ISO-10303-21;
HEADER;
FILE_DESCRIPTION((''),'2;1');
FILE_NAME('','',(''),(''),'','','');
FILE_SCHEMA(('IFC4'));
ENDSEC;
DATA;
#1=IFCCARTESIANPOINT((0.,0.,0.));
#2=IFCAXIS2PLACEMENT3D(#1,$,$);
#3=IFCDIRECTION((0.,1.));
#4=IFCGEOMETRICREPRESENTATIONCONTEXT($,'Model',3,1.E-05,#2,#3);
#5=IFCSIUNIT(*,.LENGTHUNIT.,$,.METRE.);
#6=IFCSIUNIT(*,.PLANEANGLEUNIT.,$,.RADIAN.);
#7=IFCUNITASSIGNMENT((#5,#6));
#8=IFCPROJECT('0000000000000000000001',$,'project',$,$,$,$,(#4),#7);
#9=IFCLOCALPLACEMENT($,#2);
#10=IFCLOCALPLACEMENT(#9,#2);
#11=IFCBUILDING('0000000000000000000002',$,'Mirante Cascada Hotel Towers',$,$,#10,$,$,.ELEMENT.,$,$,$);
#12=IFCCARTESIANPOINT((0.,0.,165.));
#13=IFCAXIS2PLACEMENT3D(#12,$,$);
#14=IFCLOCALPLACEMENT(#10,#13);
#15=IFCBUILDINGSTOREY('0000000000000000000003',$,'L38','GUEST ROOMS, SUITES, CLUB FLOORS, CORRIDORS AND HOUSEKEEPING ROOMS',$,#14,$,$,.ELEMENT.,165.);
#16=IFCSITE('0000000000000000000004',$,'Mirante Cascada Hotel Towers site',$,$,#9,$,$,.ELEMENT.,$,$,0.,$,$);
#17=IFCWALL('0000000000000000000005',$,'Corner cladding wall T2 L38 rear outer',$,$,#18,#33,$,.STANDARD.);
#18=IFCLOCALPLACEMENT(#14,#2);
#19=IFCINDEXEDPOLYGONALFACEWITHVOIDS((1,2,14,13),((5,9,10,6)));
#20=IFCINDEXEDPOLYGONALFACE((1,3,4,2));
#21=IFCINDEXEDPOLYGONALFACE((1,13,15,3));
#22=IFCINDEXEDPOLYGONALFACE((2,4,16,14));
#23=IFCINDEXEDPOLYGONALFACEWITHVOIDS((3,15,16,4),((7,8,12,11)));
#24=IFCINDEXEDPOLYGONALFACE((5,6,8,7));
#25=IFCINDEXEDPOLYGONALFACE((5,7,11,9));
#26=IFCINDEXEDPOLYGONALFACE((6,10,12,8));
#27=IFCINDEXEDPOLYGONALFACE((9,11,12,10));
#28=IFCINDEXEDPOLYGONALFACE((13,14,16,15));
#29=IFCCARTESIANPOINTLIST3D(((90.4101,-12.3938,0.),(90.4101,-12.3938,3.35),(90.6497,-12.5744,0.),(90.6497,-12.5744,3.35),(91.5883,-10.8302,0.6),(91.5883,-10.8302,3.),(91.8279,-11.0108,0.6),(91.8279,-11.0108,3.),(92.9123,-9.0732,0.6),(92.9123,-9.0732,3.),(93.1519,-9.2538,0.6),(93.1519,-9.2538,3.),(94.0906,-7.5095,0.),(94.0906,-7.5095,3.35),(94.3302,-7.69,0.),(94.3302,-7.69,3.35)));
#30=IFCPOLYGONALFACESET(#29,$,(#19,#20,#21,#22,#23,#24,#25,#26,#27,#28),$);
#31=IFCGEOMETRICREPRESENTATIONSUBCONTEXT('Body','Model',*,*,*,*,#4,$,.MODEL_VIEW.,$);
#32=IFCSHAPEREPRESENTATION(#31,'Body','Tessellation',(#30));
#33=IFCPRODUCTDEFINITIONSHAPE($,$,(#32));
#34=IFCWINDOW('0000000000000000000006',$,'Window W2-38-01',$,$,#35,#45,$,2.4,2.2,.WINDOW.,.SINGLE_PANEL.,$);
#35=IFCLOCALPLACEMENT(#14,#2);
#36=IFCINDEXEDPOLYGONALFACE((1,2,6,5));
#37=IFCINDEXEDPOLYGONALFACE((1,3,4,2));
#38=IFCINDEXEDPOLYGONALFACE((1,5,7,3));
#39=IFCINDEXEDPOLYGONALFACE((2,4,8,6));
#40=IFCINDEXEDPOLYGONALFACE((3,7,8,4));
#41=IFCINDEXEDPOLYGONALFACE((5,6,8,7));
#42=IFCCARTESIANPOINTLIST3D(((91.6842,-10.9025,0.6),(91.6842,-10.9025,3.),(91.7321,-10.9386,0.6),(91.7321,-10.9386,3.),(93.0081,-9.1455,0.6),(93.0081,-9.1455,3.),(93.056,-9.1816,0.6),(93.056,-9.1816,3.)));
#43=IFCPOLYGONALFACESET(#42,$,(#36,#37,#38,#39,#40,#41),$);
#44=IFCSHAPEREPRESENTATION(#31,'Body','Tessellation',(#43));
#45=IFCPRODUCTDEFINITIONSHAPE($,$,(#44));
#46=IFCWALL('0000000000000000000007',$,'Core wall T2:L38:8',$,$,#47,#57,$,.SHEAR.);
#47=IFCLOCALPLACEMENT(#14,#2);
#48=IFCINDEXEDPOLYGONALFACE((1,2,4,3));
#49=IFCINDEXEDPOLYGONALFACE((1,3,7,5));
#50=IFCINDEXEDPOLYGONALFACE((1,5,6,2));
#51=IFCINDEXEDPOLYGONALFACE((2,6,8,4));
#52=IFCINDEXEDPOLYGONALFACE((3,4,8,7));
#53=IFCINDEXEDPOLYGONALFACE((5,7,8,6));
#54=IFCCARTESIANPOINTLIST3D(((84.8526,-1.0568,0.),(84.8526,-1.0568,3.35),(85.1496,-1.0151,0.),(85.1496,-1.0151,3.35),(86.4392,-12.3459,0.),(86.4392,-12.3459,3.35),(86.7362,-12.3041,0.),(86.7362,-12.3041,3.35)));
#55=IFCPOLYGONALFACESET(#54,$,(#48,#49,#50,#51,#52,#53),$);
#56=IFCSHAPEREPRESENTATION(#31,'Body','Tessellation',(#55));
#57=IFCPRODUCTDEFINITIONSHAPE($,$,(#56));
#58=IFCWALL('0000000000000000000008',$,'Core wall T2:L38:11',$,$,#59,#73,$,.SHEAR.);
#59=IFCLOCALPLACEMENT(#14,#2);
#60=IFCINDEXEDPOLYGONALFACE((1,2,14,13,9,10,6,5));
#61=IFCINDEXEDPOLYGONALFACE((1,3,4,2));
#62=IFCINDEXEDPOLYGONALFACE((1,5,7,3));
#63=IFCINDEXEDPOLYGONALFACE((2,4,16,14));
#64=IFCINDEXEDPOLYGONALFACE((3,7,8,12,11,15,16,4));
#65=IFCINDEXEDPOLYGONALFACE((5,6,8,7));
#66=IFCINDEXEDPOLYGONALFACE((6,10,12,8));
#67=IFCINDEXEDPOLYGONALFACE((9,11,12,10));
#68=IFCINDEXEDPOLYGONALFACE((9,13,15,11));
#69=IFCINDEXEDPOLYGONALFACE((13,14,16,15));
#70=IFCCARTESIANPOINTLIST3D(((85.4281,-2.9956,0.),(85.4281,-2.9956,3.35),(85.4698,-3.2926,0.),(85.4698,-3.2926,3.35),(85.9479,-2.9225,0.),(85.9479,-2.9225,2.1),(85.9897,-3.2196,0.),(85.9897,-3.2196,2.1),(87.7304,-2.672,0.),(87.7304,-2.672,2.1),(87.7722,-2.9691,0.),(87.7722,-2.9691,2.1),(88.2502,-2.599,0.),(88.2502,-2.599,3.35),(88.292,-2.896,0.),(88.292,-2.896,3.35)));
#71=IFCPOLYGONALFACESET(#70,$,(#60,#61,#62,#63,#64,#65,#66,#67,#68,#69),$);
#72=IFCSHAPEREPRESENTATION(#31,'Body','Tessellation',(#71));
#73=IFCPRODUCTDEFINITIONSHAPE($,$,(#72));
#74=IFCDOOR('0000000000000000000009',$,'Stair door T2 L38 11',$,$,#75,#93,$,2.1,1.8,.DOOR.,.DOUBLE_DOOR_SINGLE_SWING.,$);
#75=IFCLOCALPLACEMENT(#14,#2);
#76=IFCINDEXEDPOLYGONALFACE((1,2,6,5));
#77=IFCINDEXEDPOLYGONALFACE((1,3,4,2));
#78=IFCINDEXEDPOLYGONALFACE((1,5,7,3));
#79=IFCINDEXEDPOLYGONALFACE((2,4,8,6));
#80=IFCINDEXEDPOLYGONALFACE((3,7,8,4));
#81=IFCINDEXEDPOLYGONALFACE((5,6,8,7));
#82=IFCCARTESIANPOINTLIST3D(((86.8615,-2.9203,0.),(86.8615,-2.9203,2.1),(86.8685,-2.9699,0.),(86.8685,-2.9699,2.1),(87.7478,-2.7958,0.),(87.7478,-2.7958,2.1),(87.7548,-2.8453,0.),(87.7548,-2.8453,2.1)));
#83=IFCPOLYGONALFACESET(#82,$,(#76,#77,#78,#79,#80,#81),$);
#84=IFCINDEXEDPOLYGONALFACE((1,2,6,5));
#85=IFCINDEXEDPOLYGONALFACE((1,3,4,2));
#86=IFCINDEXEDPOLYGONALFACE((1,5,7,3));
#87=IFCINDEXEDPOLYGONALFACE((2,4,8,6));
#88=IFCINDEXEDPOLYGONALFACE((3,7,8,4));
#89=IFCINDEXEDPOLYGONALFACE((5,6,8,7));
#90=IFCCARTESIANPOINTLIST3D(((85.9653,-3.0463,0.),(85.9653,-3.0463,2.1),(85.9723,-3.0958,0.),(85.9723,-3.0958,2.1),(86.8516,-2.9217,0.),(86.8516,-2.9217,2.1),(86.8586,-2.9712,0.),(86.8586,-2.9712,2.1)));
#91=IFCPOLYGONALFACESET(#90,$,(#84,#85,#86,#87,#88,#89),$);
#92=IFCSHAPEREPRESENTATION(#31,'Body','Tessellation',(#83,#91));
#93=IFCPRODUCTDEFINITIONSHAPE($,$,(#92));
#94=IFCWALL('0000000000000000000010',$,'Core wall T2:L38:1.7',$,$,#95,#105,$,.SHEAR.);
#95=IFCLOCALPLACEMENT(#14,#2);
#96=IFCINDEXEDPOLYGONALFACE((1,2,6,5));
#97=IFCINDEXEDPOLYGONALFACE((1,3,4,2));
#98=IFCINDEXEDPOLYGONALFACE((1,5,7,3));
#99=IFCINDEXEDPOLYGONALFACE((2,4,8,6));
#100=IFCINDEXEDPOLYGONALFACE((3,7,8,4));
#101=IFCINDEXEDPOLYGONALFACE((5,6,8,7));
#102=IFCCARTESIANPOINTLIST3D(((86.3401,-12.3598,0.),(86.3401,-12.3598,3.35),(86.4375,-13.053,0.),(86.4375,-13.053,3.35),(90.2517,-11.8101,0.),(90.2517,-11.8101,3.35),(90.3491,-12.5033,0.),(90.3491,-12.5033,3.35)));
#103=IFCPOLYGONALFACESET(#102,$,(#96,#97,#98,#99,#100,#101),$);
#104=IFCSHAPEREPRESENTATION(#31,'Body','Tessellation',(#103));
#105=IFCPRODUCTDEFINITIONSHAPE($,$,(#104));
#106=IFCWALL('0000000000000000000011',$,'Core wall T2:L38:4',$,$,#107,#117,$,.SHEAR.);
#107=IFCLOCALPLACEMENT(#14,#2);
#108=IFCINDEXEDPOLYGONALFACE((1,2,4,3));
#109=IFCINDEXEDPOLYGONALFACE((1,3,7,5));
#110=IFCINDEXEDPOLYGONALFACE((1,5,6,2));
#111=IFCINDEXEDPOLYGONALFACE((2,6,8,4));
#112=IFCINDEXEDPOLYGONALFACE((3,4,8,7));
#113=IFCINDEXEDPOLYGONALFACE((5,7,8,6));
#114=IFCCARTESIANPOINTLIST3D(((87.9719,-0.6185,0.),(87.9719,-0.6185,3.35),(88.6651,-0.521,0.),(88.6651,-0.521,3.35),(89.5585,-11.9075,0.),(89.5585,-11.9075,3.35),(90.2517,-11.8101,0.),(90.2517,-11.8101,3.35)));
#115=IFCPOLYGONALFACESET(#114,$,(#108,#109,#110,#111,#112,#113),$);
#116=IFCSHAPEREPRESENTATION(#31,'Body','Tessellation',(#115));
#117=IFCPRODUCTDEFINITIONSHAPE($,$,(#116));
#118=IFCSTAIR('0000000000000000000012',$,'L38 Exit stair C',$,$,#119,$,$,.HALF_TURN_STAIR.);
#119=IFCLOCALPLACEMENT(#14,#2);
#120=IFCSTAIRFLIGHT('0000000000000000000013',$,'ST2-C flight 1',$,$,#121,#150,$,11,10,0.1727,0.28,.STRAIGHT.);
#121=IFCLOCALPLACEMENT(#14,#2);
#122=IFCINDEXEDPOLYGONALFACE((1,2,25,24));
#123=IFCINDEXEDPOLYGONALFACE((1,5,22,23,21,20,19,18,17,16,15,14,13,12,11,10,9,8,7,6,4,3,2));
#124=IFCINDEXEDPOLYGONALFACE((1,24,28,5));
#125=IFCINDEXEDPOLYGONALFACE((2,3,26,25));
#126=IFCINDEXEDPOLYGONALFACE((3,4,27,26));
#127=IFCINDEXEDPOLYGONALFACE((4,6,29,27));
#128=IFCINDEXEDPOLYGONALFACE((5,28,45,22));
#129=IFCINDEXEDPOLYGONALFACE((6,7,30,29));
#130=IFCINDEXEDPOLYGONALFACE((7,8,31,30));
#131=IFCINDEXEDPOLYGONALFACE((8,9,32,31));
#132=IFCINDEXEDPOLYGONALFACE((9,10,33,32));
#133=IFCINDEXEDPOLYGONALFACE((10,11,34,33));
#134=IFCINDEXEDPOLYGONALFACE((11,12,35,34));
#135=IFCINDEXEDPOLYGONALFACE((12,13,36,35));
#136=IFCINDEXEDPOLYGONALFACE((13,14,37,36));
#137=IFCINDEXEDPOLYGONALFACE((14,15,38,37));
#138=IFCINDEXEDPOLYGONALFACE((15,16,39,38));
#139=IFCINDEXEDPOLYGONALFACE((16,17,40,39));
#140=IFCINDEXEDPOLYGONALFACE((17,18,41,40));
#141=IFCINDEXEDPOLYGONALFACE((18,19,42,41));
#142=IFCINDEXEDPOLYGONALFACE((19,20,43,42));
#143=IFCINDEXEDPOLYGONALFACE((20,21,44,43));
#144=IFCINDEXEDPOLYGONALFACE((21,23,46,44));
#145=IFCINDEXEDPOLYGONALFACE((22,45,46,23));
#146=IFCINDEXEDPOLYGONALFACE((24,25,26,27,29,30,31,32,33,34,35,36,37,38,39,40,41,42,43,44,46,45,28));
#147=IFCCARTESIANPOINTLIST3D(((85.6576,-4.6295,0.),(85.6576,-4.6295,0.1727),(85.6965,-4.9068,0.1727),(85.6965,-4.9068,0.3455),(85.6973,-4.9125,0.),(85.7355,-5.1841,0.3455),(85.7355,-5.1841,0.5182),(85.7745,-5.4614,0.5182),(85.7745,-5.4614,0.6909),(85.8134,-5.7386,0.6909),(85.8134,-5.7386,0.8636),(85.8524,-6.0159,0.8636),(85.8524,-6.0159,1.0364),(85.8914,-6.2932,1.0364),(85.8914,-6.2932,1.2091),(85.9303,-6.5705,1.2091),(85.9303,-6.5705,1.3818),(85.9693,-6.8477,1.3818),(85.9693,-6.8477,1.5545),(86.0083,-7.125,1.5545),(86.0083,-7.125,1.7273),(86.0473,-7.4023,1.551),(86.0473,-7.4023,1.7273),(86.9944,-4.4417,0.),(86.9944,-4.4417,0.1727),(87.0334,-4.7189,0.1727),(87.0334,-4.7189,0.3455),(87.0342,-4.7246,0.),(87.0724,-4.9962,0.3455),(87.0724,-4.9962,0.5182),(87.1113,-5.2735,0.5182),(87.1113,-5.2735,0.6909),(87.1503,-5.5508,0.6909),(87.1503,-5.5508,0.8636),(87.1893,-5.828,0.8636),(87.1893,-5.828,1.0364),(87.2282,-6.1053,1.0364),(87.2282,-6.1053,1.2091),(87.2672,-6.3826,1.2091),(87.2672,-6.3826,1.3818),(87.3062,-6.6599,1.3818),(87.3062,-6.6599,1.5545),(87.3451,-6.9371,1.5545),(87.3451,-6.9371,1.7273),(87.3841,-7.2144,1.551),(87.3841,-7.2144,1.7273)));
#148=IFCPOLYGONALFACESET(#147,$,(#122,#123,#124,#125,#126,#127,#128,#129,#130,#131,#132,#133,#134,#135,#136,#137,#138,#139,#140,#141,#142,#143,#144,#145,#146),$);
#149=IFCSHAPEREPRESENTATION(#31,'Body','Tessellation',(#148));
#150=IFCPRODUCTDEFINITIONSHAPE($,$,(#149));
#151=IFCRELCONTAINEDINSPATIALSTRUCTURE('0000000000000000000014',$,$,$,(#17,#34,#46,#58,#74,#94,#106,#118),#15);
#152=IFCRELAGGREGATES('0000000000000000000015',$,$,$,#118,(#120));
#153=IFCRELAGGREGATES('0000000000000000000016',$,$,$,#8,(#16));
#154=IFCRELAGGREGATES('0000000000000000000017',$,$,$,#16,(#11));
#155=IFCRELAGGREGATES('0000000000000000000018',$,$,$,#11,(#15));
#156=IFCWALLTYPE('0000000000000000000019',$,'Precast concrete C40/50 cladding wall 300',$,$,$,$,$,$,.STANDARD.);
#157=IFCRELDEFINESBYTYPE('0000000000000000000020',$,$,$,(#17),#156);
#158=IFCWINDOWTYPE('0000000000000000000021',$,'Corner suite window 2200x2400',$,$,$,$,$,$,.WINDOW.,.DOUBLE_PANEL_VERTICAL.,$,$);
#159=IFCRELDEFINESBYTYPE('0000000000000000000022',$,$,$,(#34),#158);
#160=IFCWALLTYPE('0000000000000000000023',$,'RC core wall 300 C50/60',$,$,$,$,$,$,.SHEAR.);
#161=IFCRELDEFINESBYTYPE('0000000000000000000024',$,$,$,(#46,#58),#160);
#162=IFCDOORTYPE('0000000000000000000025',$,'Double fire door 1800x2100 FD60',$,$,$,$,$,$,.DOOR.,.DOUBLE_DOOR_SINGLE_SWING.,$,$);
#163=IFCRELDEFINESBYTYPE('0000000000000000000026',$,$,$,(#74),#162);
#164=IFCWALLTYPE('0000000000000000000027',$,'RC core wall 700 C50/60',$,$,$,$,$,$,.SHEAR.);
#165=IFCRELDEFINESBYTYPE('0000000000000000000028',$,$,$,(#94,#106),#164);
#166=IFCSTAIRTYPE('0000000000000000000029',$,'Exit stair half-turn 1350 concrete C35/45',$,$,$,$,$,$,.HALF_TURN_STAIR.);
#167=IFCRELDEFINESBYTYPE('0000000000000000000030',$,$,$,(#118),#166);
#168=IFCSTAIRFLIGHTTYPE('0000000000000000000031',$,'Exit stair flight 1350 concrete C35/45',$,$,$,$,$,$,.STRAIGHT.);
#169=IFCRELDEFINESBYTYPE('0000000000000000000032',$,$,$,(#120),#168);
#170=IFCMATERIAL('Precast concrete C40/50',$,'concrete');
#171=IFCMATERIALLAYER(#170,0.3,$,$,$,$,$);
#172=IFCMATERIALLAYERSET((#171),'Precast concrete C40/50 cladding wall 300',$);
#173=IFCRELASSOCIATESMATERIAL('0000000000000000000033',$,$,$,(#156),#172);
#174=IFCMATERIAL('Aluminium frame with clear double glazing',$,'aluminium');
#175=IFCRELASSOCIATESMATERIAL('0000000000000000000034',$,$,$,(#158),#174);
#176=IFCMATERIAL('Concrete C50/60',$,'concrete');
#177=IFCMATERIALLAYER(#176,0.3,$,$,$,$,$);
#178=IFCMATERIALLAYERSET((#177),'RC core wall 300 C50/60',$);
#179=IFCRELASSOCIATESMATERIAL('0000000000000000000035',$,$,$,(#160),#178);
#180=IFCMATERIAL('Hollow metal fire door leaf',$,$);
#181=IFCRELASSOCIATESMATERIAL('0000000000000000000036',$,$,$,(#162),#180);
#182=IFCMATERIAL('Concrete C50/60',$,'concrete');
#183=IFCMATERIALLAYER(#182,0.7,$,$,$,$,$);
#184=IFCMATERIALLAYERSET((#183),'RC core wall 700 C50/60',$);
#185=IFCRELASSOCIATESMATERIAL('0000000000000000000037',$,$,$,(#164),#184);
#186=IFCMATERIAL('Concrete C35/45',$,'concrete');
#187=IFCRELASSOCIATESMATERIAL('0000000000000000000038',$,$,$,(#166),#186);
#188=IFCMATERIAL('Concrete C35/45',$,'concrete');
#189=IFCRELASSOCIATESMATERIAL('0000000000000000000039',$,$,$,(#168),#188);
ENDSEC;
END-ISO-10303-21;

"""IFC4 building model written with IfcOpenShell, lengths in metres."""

from ifc_helpers import new_model, si_unit, direction, frame, frame_2d, origin, place, context, subcontext, project, spatial, polyline, rectangle, outline, extrude, material, layer, layer_set, type_object, element, fill, aggregate, save


model = new_model("IFC4")

# Units and contexts
model_context = context("Model", 3, precision=1e-05, world=origin(), true_north=direction((0.0, 1.0)))
body_context = subcontext(model_context, "Body", "Model", "MODEL_VIEW")
ifc_project = project(units=[si_unit("LENGTHUNIT", "METRE"), si_unit("PLANEANGLEUNIT", "RADIAN")], contexts=[model_context])

# Site, building, storey
site_placement = place(None, origin())
site = spatial("IfcSite", under=ifc_project, at=site_placement, Name="Mirante Cascada Hotel Towers site", CompositionType="ELEMENT", RefElevation=0.0)
building_placement = place(site_placement, origin())
building = spatial("IfcBuilding", under=site, at=building_placement, Name="Mirante Cascada Hotel Towers", CompositionType="ELEMENT")
storey_placement = place(building_placement, frame((0.0, 0.0, 165.0)))
storey = spatial("IfcBuildingStorey", under=building, at=storey_placement, Name="L38", Description="GUEST ROOMS, SUITES, CLUB FLOORS, CORRIDORS AND HOUSEKEEPING ROOMS", CompositionType="ELEMENT", Elevation=165.0)

# Wall, opening, window
ifc_material_1 = material(Name="Precast concrete C40/50", Category="concrete")
ifc_layer_1 = layer(ifc_material_1, 0.3)
ifc_layer_set_1 = layer_set([ifc_layer_1], Name="Precast concrete C40/50 cladding wall 300")
wall_type_1 = type_object("IfcWallType", Name="Precast concrete C40/50 cladding wall 300", PredefinedType="STANDARD", material=ifc_layer_set_1)
wall_1_placement = place(storey_placement, frame((90.5299, -12.4841, 0.0), z_axis=(0.0, 0.0, 1.0), x_axis=(0.601806, 0.798642, 0.0)))
wall_1 = element("IfcWall", 1, at=wall_1_placement, inside=storey, type_object=wall_type_1, Name="Corner cladding wall T2 L38 rear outer", PredefinedType="STANDARD", context=body_context, shape_type="SweptSolid", body=[
    extrude(rectangle(XDim=6.1158, YDim=0.3, at=frame_2d((3.0579, 0.0))), origin(), (0.0, 0.0, 1.0), 3.35),
])
opening_1_placement = place(wall_1_placement, frame((1.9578, 0.0, 0.6)))
opening_1 = element("IfcOpeningElement", 2, at=opening_1_placement, cuts=wall_1, PredefinedType="OPENING", context=body_context, shape_type="SweptSolid", body=[
    extrude(rectangle(XDim=2.2, YDim=2.4, at=frame_2d((1.1, 1.2))), frame((0.0, 0.15, 0.0), z_axis=(0.0, -1.0, 0.0), x_axis=(1.0, 0.0, 0.0)), (0.0, 0.0, 1.0), 0.3),
])
ifc_material_2 = material(Name="Aluminium frame with clear double glazing", Category="aluminium")
window_type = type_object("IfcWindowType", Name="Corner suite window 2200x2400", PartitioningType="DOUBLE_PANEL_VERTICAL", PredefinedType="WINDOW", material=ifc_material_2)
window_placement = place(opening_1_placement, origin())
window = element("IfcWindow", 3, at=window_placement, inside=storey, type_object=window_type, Name="Window W2-38-01", OverallHeight=2.4, OverallWidth=2.2, PartitioningType="SINGLE_PANEL", PredefinedType="WINDOW", context=body_context, shape_type="SweptSolid", body=[
    extrude(rectangle(XDim=2.2, YDim=2.4, at=frame_2d((1.1, 1.2))), frame((0.0, 0.03, 0.0), z_axis=(0.0, -1.0, 0.0), x_axis=(1.0, 0.0, 0.0)), (0.0, 0.0, 1.0), 0.06),
])
fill(opening_1, window)

# Wall
ifc_material_3 = material(Name="Concrete C50/60", Category="concrete")
ifc_layer_2 = layer(ifc_material_3, 0.3)
ifc_layer_set_2 = layer_set([ifc_layer_2], Name="RC core wall 300 C50/60")
wall_type_2 = type_object("IfcWallType", Name="RC core wall 300 C50/60", PredefinedType="SHEAR", material=ifc_layer_set_2)
wall_2_placement = place(storey_placement, frame((86.5877, -12.325, 0.0), z_axis=(0.0, 0.0, 1.0), x_axis=(-0.139175, 0.990268, 0.0)))
element("IfcWall", 4, at=wall_2_placement, inside=storey, type_object=wall_type_2, Name="Core wall T2:L38:8", PredefinedType="SHEAR", context=body_context, shape_type="SweptSolid", body=[
    extrude(rectangle(XDim=11.4, YDim=0.3, at=frame_2d((5.7, 0.0))), origin(), (0.0, 0.0, 1.0), 3.35),
])

# Wall, opening, door
wall_3_placement = place(storey_placement, frame((85.4489, -3.1441, 0.0), z_axis=(0.0, 0.0, 1.0), x_axis=(0.99027, 0.139161, 0.0)))
wall_3 = element("IfcWall", 5, at=wall_3_placement, inside=storey, type_object=wall_type_2, Name="Core wall T2:L38:11", PredefinedType="SHEAR", context=body_context, shape_type="SweptSolid", body=[
    extrude(rectangle(XDim=2.8499, YDim=0.3, at=frame_2d((1.425, 0.0))), origin(), (0.0, 0.0, 1.0), 3.35),
])
opening_2_placement = place(wall_3_placement, frame((0.525, 0.0, 0.0)))
opening_2 = element("IfcOpeningElement", 6, at=opening_2_placement, cuts=wall_3, PredefinedType="OPENING", context=body_context, shape_type="SweptSolid", body=[
    extrude(rectangle(XDim=1.8, YDim=2.1, at=frame_2d((0.9, 1.05))), frame((0.0, 0.15, 0.0), z_axis=(0.0, -1.0, 0.0), x_axis=(1.0, 0.0, 0.0)), (0.0, 0.0, 1.0), 0.3),
])
ifc_material_4 = material(Name="Hollow metal fire door leaf")
door_type_1 = type_object("IfcDoorType", Name="Double fire door 1800x2100 FD60", OperationType="DOUBLE_DOOR_SINGLE_SWING", PredefinedType="DOOR", material=ifc_material_4)
door_1_placement = place(opening_2_placement, frame((1.8, 0.0, 0.0), z_axis=(0.0, 0.0, 1.0), x_axis=(-1.0, 0.0, 0.0)))
door_1 = element("IfcDoor", 7, at=door_1_placement, inside=storey, type_object=door_type_1, Name="Stair door T2 L38 11", OperationType="DOUBLE_DOOR_SINGLE_SWING", OverallHeight=2.1, OverallWidth=1.8, PredefinedType="DOOR", context=body_context, shape_type="SweptSolid", body=[
    extrude(rectangle(XDim=0.895, YDim=2.1, at=frame_2d((0.4475, 1.05))), frame((0.0, 0.025, 0.0), z_axis=(0.0, -1.0, 0.0), x_axis=(1.0, 0.0, 0.0)), (0.0, 0.0, 1.0), 0.05),
    extrude(rectangle(XDim=0.895, YDim=2.1, at=frame_2d((1.3525, 1.05))), frame((0.0, 0.025, 0.0), z_axis=(0.0, -1.0, 0.0), x_axis=(1.0, 0.0, 0.0)), (0.0, 0.0, 1.0), 0.05),
])
fill(opening_2, door_1)

# Walls
ifc_material_5 = material(Name="Concrete C50/60", Category="concrete")
ifc_layer_3 = layer(ifc_material_5, 0.7)
ifc_layer_set_3 = layer_set([ifc_layer_3], Name="RC core wall 700 C50/60")
wall_type_3 = type_object("IfcWallType", Name="RC core wall 700 C50/60", PredefinedType="SHEAR", material=ifc_layer_set_3)
wall_4_placement = place(storey_placement, frame((86.3888, -12.7064, 0.0), z_axis=(0.0, 0.0, 1.0), x_axis=(0.990269, 0.139163, 0.0)))
element("IfcWall", 8, at=wall_4_placement, inside=storey, type_object=wall_type_3, Name="Core wall T2:L38:1.7", PredefinedType="SHEAR", context=body_context, shape_type="SweptSolid", body=[
    extrude(rectangle(XDim=3.95, YDim=0.7, at=frame_2d((1.975, 0.0))), origin(), (0.0, 0.0, 1.0), 3.35),
])
wall_5_placement = place(storey_placement, frame((89.9051, -11.8588, 0.0), z_axis=(0.0, 0.0, 1.0), x_axis=(-0.139175, 0.990268, 0.0)))
element("IfcWall", 9, at=wall_5_placement, inside=storey, type_object=wall_type_3, Name="Core wall T2:L38:4", PredefinedType="SHEAR", context=body_context, shape_type="SweptSolid", body=[
    extrude(rectangle(XDim=11.4, YDim=0.7, at=frame_2d((5.7, 0.0))), origin(), (0.0, 0.0, 1.0), 3.35),
])

# Stair, stair flight
ifc_material_6 = material(Name="Concrete C35/45", Category="concrete")
stair_type = type_object("IfcStairType", Name="Exit stair half-turn 1350 concrete C35/45", PredefinedType="HALF_TURN_STAIR", material=ifc_material_6)
stair_placement = place(storey_placement, origin())
stair = element("IfcStair", 10, at=stair_placement, inside=storey, type_object=stair_type, Name="L38 Exit stair C", PredefinedType="HALF_TURN_STAIR")
ifc_material_7 = material(Name="Concrete C35/45", Category="concrete")
stair_flight_type = type_object("IfcStairFlightType", Name="Exit stair flight 1350 concrete C35/45", PredefinedType="STRAIGHT", material=ifc_material_7)
stair_flight_1_placement = place(storey_placement, frame((86.326, -4.5356, 0.0), z_axis=(0.0, 0.0, 1.0), x_axis=(0.139173, -0.990268, 0.0)))
stair_flight_1 = element("IfcStairFlight", 11, at=stair_flight_1_placement, type_object=stair_flight_type, Name="ST2-C flight 1", NumberOfRisers=11, NumberOfTreads=10, PredefinedType="STRAIGHT", RiserHeight=0.1727, TreadLength=0.28, context=body_context, shape_type="SweptSolid", body=[
    extrude(outline(polyline([(0.0, 0.0), (0.0, 0.1727), (0.28, 0.1727), (0.28, 0.3455), (0.56, 0.3455), (0.56, 0.5182), (0.84, 0.5182), (0.84, 0.6909), (1.12, 0.6909), (1.12, 0.8636), (1.4, 0.8636), (1.4, 1.0364), (1.68, 1.0364), (1.68, 1.2091), (1.96, 1.2091), (1.96, 1.3818), (2.24, 1.3818), (2.24, 1.5545), (2.52, 1.5545), (2.52, 1.7273), (2.8, 1.7273), (2.8, 1.9), (2.8, 1.551), (0.2857, 0.0), (0.0, 0.0)])), frame((0.0, 0.675, 0.0), z_axis=(0.0, -1.0, 0.0), x_axis=(1.0, 0.0, 0.0)), (0.0, 0.0, 1.0), 1.35),
])
aggregate(stair, [stair_flight_1])

save(model, "model.ifc")
